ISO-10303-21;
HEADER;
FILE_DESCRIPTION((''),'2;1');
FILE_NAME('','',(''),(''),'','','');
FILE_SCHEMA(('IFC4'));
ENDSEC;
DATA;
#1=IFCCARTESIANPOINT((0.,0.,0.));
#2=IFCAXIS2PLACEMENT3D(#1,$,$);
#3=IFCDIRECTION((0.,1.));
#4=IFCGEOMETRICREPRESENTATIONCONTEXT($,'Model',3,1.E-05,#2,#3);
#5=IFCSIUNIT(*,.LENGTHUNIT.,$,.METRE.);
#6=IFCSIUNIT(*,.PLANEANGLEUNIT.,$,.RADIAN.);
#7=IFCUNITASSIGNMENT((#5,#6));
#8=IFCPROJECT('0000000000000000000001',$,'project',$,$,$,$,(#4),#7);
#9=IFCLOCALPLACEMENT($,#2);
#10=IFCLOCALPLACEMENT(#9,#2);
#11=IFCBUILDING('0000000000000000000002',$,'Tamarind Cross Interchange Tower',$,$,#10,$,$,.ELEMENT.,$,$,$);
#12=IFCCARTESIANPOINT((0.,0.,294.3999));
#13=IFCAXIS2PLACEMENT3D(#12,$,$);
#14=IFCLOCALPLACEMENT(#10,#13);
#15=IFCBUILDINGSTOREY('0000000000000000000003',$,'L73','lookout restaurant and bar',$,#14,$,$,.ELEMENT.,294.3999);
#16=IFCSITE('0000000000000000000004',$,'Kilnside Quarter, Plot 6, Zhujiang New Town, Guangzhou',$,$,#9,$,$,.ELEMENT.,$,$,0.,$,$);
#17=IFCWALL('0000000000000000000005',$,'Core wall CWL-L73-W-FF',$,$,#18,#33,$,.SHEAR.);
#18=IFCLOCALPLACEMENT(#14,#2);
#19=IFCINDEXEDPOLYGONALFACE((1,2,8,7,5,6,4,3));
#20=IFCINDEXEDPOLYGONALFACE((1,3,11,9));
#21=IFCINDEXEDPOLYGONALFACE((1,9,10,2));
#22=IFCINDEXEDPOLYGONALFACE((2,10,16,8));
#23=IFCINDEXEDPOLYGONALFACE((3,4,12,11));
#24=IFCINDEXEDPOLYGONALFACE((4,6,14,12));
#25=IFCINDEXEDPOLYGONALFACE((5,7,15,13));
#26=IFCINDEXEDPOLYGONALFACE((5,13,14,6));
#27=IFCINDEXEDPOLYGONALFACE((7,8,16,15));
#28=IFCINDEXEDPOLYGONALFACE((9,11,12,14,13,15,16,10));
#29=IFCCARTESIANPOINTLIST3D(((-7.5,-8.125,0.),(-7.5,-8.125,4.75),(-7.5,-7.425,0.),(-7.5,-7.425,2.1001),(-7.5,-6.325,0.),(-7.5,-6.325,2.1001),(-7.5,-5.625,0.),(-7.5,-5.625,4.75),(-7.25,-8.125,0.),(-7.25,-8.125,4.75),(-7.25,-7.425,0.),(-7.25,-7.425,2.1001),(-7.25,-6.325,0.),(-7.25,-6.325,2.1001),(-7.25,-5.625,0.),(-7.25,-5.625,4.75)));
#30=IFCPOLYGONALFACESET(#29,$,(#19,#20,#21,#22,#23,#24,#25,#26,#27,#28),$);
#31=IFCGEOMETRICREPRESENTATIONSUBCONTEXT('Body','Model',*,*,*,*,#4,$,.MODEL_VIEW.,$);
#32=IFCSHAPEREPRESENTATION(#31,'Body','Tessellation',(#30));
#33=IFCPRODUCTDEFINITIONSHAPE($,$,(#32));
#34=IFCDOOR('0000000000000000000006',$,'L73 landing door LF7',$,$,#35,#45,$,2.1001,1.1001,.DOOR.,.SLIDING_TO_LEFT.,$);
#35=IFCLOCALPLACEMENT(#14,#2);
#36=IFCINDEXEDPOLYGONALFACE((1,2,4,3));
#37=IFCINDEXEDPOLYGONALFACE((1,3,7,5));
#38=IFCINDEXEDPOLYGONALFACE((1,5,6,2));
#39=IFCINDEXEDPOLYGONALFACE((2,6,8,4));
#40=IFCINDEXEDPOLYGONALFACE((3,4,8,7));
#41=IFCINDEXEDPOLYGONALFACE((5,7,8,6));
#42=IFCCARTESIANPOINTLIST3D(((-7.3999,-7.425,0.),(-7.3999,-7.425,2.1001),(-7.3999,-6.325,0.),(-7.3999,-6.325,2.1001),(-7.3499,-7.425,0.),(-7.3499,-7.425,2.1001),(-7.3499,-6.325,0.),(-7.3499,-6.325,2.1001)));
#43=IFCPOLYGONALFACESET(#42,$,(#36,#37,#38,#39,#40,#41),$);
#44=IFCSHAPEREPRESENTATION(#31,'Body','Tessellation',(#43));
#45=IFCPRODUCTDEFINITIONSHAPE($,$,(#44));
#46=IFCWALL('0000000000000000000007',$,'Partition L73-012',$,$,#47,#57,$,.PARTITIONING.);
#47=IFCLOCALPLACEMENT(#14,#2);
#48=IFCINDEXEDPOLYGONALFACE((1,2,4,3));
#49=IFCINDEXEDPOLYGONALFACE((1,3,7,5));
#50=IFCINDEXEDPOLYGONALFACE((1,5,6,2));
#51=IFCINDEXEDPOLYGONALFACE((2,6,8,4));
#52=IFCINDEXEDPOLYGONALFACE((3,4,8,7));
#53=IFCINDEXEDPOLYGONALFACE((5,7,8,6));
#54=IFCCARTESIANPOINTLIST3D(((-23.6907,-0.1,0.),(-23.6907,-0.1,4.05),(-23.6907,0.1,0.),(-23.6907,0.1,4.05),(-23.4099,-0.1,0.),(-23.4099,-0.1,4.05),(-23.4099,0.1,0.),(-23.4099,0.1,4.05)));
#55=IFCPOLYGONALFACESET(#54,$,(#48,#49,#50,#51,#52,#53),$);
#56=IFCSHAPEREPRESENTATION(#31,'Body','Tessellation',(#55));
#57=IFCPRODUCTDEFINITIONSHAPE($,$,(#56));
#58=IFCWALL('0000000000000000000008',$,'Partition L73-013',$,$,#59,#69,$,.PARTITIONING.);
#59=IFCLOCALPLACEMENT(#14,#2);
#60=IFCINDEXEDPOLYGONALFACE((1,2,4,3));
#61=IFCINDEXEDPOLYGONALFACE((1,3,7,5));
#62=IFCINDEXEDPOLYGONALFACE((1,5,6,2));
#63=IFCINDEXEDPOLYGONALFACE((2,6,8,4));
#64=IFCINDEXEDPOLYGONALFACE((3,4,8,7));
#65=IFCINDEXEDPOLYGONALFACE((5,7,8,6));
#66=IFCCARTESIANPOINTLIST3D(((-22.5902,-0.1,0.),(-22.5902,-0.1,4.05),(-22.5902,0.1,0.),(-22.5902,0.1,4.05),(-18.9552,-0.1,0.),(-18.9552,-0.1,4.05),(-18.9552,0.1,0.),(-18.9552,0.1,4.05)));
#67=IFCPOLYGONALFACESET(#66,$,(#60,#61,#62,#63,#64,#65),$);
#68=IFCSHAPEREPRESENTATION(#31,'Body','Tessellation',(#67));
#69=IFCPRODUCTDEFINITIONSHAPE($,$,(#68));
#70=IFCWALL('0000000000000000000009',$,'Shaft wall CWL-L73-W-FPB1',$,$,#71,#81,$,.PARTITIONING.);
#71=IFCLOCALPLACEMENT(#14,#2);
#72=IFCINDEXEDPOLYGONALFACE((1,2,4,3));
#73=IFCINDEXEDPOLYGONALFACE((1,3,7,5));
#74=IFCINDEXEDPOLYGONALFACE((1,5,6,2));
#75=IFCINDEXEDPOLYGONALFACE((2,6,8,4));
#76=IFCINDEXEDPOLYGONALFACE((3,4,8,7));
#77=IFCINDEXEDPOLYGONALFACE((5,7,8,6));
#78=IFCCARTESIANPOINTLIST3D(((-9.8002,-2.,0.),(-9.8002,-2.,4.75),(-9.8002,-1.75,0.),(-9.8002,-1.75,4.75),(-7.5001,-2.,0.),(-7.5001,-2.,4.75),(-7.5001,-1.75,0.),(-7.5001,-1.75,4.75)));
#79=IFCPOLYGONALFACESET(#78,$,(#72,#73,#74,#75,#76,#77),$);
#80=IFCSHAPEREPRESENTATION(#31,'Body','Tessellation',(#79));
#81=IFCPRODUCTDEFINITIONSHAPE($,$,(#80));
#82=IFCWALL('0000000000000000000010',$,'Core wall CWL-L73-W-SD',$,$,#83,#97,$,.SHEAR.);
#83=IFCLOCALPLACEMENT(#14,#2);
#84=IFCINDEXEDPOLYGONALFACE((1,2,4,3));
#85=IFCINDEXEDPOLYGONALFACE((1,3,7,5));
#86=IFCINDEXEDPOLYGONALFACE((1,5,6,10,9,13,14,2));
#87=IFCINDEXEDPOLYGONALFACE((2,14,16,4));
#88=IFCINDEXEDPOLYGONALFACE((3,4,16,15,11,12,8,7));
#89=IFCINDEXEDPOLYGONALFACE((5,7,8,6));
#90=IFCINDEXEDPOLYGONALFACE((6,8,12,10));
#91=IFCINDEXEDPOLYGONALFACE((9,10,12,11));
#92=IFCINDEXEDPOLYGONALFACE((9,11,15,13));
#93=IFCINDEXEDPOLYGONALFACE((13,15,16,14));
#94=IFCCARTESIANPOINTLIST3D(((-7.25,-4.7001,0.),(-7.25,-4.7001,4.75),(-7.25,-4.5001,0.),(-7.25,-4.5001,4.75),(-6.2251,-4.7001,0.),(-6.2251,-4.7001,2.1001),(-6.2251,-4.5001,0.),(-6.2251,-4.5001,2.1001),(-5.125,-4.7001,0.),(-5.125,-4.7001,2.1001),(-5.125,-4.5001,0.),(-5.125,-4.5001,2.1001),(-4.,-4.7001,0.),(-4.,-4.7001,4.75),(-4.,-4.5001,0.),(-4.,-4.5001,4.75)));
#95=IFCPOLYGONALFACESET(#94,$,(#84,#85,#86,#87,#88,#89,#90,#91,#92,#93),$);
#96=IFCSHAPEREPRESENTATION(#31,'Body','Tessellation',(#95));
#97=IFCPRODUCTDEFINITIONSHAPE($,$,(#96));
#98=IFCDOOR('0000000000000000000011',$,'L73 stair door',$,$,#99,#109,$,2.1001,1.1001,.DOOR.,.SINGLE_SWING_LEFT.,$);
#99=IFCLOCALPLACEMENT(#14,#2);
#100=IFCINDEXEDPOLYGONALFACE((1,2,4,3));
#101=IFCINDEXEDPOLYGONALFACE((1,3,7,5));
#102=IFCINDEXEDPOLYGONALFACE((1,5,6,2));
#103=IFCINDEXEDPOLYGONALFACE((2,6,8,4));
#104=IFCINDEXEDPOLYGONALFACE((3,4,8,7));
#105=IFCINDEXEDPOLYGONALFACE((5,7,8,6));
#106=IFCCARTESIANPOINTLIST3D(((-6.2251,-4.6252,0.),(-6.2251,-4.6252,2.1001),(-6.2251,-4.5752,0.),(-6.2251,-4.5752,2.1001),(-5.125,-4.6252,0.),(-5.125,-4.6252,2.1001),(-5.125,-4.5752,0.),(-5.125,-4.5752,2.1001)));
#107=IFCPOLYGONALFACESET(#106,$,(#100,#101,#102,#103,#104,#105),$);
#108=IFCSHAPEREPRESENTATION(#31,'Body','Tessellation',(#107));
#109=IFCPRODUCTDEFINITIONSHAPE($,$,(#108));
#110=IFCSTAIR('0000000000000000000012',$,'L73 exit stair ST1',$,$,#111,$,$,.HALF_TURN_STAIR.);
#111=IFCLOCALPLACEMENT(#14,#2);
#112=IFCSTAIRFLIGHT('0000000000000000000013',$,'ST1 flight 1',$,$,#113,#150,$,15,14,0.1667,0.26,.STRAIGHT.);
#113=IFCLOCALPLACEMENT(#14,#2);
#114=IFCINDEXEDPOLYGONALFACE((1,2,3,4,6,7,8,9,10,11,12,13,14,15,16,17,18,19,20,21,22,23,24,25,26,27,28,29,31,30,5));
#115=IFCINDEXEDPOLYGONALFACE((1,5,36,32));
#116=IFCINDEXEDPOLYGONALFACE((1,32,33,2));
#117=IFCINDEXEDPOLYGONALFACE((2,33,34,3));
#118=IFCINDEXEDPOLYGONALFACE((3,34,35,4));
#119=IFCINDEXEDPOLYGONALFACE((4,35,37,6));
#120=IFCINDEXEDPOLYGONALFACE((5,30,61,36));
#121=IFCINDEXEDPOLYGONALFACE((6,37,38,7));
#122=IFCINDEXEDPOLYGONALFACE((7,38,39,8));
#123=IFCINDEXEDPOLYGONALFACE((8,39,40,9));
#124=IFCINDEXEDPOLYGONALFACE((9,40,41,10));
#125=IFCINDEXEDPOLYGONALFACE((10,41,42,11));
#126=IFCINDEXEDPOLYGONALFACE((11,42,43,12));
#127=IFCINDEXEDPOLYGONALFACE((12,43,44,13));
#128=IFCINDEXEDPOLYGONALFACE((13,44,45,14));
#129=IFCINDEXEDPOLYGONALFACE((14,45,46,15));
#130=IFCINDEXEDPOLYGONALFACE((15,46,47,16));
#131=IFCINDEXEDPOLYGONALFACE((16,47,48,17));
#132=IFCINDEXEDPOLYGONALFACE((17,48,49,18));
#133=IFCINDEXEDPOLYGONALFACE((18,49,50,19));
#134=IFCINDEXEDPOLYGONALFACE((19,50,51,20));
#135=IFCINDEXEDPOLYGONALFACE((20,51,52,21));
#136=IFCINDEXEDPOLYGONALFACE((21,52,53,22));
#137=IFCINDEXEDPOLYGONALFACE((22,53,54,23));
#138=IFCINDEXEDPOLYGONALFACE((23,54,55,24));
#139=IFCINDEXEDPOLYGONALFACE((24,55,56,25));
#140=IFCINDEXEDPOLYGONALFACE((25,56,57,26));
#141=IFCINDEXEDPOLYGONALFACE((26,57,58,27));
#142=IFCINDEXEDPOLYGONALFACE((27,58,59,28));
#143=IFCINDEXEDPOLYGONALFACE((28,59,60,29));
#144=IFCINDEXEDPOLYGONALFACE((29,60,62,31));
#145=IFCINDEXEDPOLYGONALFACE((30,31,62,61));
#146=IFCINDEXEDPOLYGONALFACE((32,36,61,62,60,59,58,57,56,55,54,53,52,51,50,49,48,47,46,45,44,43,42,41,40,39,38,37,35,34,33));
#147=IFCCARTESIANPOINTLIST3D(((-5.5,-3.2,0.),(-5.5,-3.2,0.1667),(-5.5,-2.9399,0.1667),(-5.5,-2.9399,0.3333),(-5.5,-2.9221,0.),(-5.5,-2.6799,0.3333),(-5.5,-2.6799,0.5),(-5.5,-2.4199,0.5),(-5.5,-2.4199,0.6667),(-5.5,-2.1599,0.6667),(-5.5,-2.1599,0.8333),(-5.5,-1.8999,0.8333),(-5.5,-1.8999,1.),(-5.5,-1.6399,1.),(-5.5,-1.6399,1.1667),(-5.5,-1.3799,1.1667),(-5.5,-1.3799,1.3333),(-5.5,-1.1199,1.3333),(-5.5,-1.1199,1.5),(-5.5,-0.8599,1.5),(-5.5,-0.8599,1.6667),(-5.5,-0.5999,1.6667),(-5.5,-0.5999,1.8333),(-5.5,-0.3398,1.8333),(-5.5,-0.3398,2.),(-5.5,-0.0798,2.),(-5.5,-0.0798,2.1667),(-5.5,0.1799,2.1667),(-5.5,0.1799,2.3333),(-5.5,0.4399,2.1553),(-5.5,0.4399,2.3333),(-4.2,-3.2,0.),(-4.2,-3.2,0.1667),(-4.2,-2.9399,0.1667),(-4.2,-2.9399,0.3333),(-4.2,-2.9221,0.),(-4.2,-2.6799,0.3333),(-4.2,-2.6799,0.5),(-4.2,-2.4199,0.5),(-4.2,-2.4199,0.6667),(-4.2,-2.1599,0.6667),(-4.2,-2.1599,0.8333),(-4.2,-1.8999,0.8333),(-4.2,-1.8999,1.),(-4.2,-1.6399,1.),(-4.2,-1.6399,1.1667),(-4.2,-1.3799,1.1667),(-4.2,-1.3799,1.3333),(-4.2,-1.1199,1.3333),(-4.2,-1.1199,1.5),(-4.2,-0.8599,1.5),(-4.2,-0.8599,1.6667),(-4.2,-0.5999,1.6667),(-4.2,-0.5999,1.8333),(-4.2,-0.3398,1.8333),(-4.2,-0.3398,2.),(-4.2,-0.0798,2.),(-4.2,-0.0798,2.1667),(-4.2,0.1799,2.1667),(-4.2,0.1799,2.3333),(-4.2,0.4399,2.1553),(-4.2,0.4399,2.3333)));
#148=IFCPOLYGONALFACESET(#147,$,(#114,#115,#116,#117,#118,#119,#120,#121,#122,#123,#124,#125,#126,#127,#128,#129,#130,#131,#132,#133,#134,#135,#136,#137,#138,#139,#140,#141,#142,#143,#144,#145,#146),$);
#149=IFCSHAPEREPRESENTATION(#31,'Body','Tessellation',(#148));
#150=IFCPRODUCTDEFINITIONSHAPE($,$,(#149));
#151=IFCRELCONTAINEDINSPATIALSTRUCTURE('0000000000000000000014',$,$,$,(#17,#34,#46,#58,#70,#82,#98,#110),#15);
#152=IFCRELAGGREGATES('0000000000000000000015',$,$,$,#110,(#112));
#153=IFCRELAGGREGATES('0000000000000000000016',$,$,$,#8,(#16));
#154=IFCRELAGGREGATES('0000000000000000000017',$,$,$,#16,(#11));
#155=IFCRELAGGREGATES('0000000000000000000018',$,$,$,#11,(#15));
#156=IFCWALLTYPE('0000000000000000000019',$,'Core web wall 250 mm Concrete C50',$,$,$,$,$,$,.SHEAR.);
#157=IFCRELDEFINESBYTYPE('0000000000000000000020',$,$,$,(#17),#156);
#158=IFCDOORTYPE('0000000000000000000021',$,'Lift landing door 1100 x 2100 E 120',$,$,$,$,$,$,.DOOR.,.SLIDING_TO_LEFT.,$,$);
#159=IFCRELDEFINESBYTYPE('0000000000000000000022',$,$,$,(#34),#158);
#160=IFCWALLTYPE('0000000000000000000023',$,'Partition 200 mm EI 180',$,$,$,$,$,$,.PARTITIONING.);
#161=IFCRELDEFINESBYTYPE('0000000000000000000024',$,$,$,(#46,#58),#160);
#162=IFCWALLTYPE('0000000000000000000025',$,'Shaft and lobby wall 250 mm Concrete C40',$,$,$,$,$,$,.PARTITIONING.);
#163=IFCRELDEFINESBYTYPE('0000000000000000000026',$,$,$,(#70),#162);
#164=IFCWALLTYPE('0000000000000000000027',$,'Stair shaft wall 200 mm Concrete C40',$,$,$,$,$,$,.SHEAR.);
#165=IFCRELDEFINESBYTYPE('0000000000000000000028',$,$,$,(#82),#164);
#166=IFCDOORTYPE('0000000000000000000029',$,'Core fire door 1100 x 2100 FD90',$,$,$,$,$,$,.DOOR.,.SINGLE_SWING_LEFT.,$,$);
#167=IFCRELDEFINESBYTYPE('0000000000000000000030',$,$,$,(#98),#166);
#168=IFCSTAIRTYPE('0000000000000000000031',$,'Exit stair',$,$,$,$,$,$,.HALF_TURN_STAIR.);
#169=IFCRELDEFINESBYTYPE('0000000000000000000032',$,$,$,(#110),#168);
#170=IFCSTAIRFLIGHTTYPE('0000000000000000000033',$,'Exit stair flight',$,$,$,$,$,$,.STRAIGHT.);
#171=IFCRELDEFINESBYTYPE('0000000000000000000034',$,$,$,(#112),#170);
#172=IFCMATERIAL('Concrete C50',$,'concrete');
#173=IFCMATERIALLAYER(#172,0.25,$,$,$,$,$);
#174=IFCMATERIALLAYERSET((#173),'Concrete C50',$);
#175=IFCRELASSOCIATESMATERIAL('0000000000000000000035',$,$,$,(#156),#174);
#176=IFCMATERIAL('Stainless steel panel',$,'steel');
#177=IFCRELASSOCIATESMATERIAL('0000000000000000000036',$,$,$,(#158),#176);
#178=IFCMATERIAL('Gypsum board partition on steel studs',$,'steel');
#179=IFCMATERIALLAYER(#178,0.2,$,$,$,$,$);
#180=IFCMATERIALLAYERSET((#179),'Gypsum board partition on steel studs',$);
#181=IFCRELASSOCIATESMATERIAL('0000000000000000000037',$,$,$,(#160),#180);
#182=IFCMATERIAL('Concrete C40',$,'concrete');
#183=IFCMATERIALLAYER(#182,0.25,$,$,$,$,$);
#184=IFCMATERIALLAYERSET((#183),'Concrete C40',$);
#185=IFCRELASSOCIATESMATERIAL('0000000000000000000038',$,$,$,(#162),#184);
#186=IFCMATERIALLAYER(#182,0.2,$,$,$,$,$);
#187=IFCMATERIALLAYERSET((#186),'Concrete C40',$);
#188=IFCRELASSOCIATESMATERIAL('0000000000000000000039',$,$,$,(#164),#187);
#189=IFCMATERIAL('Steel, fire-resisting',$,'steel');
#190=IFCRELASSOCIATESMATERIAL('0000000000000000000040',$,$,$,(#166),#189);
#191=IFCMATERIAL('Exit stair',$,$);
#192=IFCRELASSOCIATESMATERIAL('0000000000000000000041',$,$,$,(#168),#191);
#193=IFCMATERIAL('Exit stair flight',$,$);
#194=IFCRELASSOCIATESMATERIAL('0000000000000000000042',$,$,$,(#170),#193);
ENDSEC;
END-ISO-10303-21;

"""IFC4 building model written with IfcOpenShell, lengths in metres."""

from ifc_helpers import new_model, si_unit, direction, frame, frame_2d, origin, place, context, subcontext, project, spatial, polyline, rectangle, outline, extrude, material, layer, layer_set, type_object, element, fill, aggregate, save


model = new_model("IFC4")

# Units and contexts
model_context = context("Model", 3, precision=1e-05, world=origin(), true_north=direction((0.0, 1.0)))
body_context = subcontext(model_context, "Body", "Model", "MODEL_VIEW")
ifc_project = project(units=[si_unit("LENGTHUNIT", "METRE"), si_unit("PLANEANGLEUNIT", "RADIAN")], contexts=[model_context])

# Site, building, storey
site_placement = place(None, origin())
site = spatial("IfcSite", under=ifc_project, at=site_placement, Name="Kilnside Quarter, Plot 6, Zhujiang New Town, Guangzhou", CompositionType="ELEMENT", RefElevation=0.0)
building_placement = place(site_placement, origin())
building = spatial("IfcBuilding", under=site, at=building_placement, Name="Tamarind Cross Interchange Tower", CompositionType="ELEMENT")
storey_placement = place(building_placement, frame((0.0, 0.0, 294.3999)))
storey = spatial("IfcBuildingStorey", under=building, at=storey_placement, Name="L73", Description="lookout restaurant and bar", CompositionType="ELEMENT", Elevation=294.3999)

# Shared definitions
ifc_material_1 = material(Name="Concrete C40", Category="concrete")

# Wall, opening, door
ifc_material_2 = material(Name="Concrete C50", Category="concrete")
ifc_layer_1 = layer(ifc_material_2, 0.25)
ifc_layer_set_1 = layer_set([ifc_layer_1], Name="Concrete C50")
wall_type_1 = type_object("IfcWallType", Name="Core web wall 250 mm Concrete C50", PredefinedType="SHEAR", material=ifc_layer_set_1)
wall_1_placement = place(storey_placement, frame((-7.375, -8.125, 0.0), z_axis=(0.0, 0.0, 1.0), x_axis=(0.0, 1.0, 0.0)))
wall_1 = element("IfcWall", 1, at=wall_1_placement, inside=storey, type_object=wall_type_1, Name="Core wall CWL-L73-W-FF", PredefinedType="SHEAR", context=body_context, shape_type="SweptSolid", body=[
    extrude(rectangle(XDim=2.5, YDim=0.25, at=frame_2d((1.25, 0.0))), origin(), (0.0, 0.0, 1.0), 4.75),
])
opening_1_placement = place(wall_1_placement, frame((0.7, 0.0, 0.0)))
opening_1 = element("IfcOpeningElement", 2, at=opening_1_placement, cuts=wall_1, PredefinedType="OPENING", context=body_context, shape_type="SweptSolid", body=[
    extrude(rectangle(XDim=1.1001, YDim=2.1001, at=frame_2d((0.55, 1.05))), frame((0.0, 0.135, 0.0), z_axis=(0.0, -1.0, 0.0), x_axis=(1.0, 0.0, 0.0)), (0.0, 0.0, 1.0), 0.27),
])
ifc_material_3 = material(Name="Stainless steel panel", Category="steel")
door_type_1 = type_object("IfcDoorType", Name="Lift landing door 1100 x 2100 E 120", OperationType="SLIDING_TO_LEFT", PredefinedType="DOOR", material=ifc_material_3)
door_1_placement = place(opening_1_placement, origin())
door_1 = element("IfcDoor", 3, at=door_1_placement, inside=storey, type_object=door_type_1, Name="L73 landing door LF7", OperationType="SLIDING_TO_LEFT", OverallHeight=2.1001, OverallWidth=1.1001, PredefinedType="DOOR", context=body_context, shape_type="SweptSolid", body=[
    extrude(rectangle(XDim=1.1001, YDim=2.1001, at=frame_2d((0.55, 1.05))), frame((0.0, 0.0249, 0.0), z_axis=(0.0, -1.0, 0.0), x_axis=(1.0, 0.0, 0.0)), (0.0, 0.0, 1.0), 0.05),
])
fill(opening_1, door_1)

# Walls
ifc_material_4 = material(Name="Gypsum board partition on steel studs", Category="steel")
ifc_layer_2 = layer(ifc_material_4, 0.2)
ifc_layer_set_2 = layer_set([ifc_layer_2], Name="Gypsum board partition on steel studs")
wall_type_2 = type_object("IfcWallType", Name="Partition 200 mm EI 180", PredefinedType="PARTITIONING", material=ifc_layer_set_2)
wall_2_placement = place(storey_placement, frame((-23.6907, 0.0, 0.0), z_axis=(0.0, 0.0, 1.0), x_axis=(1.0, 0.0, 0.0)))
element("IfcWall", 4, at=wall_2_placement, inside=storey, type_object=wall_type_2, Name="Partition L73-012", PredefinedType="PARTITIONING", context=body_context, shape_type="SweptSolid", body=[
    extrude(rectangle(XDim=0.2808, YDim=0.2, at=frame_2d((0.1404, 0.0))), origin(), (0.0, 0.0, 1.0), 4.05),
])
wall_3_placement = place(storey_placement, frame((-22.5901, 0.0, 0.0), z_axis=(0.0, 0.0, 1.0), x_axis=(1.0, 0.0, 0.0)))
element("IfcWall", 5, at=wall_3_placement, inside=storey, type_object=wall_type_2, Name="Partition L73-013", PredefinedType="PARTITIONING", context=body_context, shape_type="SweptSolid", body=[
    extrude(rectangle(XDim=3.635, YDim=0.2, at=frame_2d((1.8174, 0.0))), origin(), (0.0, 0.0, 1.0), 4.05),
])
ifc_layer_3 = layer(ifc_material_1, 0.25)
ifc_layer_set_3 = layer_set([ifc_layer_3], Name="Concrete C40")
wall_type_3 = type_object("IfcWallType", Name="Shaft and lobby wall 250 mm Concrete C40", PredefinedType="PARTITIONING", material=ifc_layer_set_3)
wall_4_placement = place(storey_placement, frame((-9.8, -1.875, 0.0), z_axis=(0.0, 0.0, 1.0), x_axis=(1.0, 0.0, 0.0)))
element("IfcWall", 6, at=wall_4_placement, inside=storey, type_object=wall_type_3, Name="Shaft wall CWL-L73-W-FPB1", PredefinedType="PARTITIONING", context=body_context, shape_type="SweptSolid", body=[
    extrude(rectangle(XDim=2.3, YDim=0.25, at=frame_2d((1.1499, 0.0))), origin(), (0.0, 0.0, 1.0), 4.75),
])

# Wall, opening, door
ifc_layer_4 = layer(ifc_material_1, 0.2)
ifc_layer_set_4 = layer_set([ifc_layer_4], Name="Concrete C40")
wall_type_4 = type_object("IfcWallType", Name="Stair shaft wall 200 mm Concrete C40", PredefinedType="SHEAR", material=ifc_layer_set_4)
wall_5_placement = place(storey_placement, frame((-7.25, -4.6001, 0.0), z_axis=(0.0, 0.0, 1.0), x_axis=(1.0, 0.0, 0.0)))
wall_5 = element("IfcWall", 7, at=wall_5_placement, inside=storey, type_object=wall_type_4, Name="Core wall CWL-L73-W-SD", PredefinedType="SHEAR", context=body_context, shape_type="SweptSolid", body=[
    extrude(rectangle(XDim=3.25, YDim=0.2, at=frame_2d((1.625, 0.0))), origin(), (0.0, 0.0, 1.0), 4.75),
])
opening_2_placement = place(wall_5_placement, frame((1.0249, 0.0, 0.0)))
opening_2 = element("IfcOpeningElement", 8, at=opening_2_placement, cuts=wall_5, PredefinedType="OPENING", context=body_context, shape_type="SweptSolid", body=[
    extrude(rectangle(XDim=1.1001, YDim=2.1001, at=frame_2d((0.55, 1.05))), frame((0.0, 0.1099, 0.0), z_axis=(0.0, -1.0, 0.0), x_axis=(1.0, 0.0, 0.0)), (0.0, 0.0, 1.0), 0.22),
])
ifc_material_5 = material(Name="Steel, fire-resisting", Category="steel")
door_type_2 = type_object("IfcDoorType", Name="Core fire door 1100 x 2100 FD90", OperationType="SINGLE_SWING_LEFT", PredefinedType="DOOR", material=ifc_material_5)
door_2_placement = place(opening_2_placement, origin())
door_2 = element("IfcDoor", 9, at=door_2_placement, inside=storey, type_object=door_type_2, Name="L73 stair door", OperationType="SINGLE_SWING_LEFT", OverallHeight=2.1001, OverallWidth=1.1001, PredefinedType="DOOR", context=body_context, shape_type="SweptSolid", body=[
    extrude(rectangle(XDim=1.1001, YDim=2.1001, at=frame_2d((0.55, 1.05))), frame((0.0, 0.0249, 0.0), z_axis=(0.0, -1.0, 0.0), x_axis=(1.0, 0.0, 0.0)), (0.0, 0.0, 1.0), 0.05),
])
fill(opening_2, door_2)

# Stair, stair flight
ifc_material_6 = material(Name="Exit stair")
stair_type = type_object("IfcStairType", Name="Exit stair", PredefinedType="HALF_TURN_STAIR", material=ifc_material_6)
stair_placement = place(storey_placement, origin())
stair = element("IfcStair", 10, at=stair_placement, inside=storey, type_object=stair_type, Name="L73 exit stair ST1", PredefinedType="HALF_TURN_STAIR")
ifc_material_7 = material(Name="Exit stair flight")
stair_flight_type = type_object("IfcStairFlightType", Name="Exit stair flight", PredefinedType="STRAIGHT", material=ifc_material_7)
stair_flight_placement = place(storey_placement, frame((-4.8501, -3.2, 0.0), z_axis=(0.0, 0.0, 1.0), x_axis=(0.0, 1.0, 0.0)))
stair_flight = element("IfcStairFlight", 11, at=stair_flight_placement, type_object=stair_flight_type, Name="ST1 flight 1", NumberOfRisers=15, NumberOfTreads=14, PredefinedType="STRAIGHT", RiserHeight=0.1667, TreadLength=0.26, context=body_context, shape_type="SweptSolid", body=[
    extrude(outline(polyline([(0.0, 0.0), (0.0, 0.1667), (0.26, 0.1667), (0.26, 0.3333), (0.52, 0.3333), (0.52, 0.5), (0.78, 0.5), (0.78, 0.6667), (1.04, 0.6667), (1.04, 0.8333), (1.3, 0.8333), (1.3, 1.0), (1.5601, 1.0), (1.5601, 1.1667), (1.8201, 1.1667), (1.8201, 1.3333), (2.0801, 1.3333), (2.0801, 1.5), (2.3401, 1.5), (2.3401, 1.6667), (2.6001, 1.6667), (2.6001, 1.8333), (2.8601, 1.8333), (2.8601, 2.0), (3.1201, 2.0), (3.1201, 2.1667), (3.3799, 2.1667), (3.3799, 2.3333), (3.6399, 2.3333), (3.6399, 2.5), (3.6399, 2.1553), (0.2778, 0.0), (0.0, 0.0)])), frame((0.0, 0.6499, 0.0), z_axis=(0.0, -1.0, 0.0), x_axis=(1.0, 0.0, 0.0)), (0.0, 0.0, 1.0), 1.3),
])
aggregate(stair, [stair_flight])

save(model, "model.ifc")
